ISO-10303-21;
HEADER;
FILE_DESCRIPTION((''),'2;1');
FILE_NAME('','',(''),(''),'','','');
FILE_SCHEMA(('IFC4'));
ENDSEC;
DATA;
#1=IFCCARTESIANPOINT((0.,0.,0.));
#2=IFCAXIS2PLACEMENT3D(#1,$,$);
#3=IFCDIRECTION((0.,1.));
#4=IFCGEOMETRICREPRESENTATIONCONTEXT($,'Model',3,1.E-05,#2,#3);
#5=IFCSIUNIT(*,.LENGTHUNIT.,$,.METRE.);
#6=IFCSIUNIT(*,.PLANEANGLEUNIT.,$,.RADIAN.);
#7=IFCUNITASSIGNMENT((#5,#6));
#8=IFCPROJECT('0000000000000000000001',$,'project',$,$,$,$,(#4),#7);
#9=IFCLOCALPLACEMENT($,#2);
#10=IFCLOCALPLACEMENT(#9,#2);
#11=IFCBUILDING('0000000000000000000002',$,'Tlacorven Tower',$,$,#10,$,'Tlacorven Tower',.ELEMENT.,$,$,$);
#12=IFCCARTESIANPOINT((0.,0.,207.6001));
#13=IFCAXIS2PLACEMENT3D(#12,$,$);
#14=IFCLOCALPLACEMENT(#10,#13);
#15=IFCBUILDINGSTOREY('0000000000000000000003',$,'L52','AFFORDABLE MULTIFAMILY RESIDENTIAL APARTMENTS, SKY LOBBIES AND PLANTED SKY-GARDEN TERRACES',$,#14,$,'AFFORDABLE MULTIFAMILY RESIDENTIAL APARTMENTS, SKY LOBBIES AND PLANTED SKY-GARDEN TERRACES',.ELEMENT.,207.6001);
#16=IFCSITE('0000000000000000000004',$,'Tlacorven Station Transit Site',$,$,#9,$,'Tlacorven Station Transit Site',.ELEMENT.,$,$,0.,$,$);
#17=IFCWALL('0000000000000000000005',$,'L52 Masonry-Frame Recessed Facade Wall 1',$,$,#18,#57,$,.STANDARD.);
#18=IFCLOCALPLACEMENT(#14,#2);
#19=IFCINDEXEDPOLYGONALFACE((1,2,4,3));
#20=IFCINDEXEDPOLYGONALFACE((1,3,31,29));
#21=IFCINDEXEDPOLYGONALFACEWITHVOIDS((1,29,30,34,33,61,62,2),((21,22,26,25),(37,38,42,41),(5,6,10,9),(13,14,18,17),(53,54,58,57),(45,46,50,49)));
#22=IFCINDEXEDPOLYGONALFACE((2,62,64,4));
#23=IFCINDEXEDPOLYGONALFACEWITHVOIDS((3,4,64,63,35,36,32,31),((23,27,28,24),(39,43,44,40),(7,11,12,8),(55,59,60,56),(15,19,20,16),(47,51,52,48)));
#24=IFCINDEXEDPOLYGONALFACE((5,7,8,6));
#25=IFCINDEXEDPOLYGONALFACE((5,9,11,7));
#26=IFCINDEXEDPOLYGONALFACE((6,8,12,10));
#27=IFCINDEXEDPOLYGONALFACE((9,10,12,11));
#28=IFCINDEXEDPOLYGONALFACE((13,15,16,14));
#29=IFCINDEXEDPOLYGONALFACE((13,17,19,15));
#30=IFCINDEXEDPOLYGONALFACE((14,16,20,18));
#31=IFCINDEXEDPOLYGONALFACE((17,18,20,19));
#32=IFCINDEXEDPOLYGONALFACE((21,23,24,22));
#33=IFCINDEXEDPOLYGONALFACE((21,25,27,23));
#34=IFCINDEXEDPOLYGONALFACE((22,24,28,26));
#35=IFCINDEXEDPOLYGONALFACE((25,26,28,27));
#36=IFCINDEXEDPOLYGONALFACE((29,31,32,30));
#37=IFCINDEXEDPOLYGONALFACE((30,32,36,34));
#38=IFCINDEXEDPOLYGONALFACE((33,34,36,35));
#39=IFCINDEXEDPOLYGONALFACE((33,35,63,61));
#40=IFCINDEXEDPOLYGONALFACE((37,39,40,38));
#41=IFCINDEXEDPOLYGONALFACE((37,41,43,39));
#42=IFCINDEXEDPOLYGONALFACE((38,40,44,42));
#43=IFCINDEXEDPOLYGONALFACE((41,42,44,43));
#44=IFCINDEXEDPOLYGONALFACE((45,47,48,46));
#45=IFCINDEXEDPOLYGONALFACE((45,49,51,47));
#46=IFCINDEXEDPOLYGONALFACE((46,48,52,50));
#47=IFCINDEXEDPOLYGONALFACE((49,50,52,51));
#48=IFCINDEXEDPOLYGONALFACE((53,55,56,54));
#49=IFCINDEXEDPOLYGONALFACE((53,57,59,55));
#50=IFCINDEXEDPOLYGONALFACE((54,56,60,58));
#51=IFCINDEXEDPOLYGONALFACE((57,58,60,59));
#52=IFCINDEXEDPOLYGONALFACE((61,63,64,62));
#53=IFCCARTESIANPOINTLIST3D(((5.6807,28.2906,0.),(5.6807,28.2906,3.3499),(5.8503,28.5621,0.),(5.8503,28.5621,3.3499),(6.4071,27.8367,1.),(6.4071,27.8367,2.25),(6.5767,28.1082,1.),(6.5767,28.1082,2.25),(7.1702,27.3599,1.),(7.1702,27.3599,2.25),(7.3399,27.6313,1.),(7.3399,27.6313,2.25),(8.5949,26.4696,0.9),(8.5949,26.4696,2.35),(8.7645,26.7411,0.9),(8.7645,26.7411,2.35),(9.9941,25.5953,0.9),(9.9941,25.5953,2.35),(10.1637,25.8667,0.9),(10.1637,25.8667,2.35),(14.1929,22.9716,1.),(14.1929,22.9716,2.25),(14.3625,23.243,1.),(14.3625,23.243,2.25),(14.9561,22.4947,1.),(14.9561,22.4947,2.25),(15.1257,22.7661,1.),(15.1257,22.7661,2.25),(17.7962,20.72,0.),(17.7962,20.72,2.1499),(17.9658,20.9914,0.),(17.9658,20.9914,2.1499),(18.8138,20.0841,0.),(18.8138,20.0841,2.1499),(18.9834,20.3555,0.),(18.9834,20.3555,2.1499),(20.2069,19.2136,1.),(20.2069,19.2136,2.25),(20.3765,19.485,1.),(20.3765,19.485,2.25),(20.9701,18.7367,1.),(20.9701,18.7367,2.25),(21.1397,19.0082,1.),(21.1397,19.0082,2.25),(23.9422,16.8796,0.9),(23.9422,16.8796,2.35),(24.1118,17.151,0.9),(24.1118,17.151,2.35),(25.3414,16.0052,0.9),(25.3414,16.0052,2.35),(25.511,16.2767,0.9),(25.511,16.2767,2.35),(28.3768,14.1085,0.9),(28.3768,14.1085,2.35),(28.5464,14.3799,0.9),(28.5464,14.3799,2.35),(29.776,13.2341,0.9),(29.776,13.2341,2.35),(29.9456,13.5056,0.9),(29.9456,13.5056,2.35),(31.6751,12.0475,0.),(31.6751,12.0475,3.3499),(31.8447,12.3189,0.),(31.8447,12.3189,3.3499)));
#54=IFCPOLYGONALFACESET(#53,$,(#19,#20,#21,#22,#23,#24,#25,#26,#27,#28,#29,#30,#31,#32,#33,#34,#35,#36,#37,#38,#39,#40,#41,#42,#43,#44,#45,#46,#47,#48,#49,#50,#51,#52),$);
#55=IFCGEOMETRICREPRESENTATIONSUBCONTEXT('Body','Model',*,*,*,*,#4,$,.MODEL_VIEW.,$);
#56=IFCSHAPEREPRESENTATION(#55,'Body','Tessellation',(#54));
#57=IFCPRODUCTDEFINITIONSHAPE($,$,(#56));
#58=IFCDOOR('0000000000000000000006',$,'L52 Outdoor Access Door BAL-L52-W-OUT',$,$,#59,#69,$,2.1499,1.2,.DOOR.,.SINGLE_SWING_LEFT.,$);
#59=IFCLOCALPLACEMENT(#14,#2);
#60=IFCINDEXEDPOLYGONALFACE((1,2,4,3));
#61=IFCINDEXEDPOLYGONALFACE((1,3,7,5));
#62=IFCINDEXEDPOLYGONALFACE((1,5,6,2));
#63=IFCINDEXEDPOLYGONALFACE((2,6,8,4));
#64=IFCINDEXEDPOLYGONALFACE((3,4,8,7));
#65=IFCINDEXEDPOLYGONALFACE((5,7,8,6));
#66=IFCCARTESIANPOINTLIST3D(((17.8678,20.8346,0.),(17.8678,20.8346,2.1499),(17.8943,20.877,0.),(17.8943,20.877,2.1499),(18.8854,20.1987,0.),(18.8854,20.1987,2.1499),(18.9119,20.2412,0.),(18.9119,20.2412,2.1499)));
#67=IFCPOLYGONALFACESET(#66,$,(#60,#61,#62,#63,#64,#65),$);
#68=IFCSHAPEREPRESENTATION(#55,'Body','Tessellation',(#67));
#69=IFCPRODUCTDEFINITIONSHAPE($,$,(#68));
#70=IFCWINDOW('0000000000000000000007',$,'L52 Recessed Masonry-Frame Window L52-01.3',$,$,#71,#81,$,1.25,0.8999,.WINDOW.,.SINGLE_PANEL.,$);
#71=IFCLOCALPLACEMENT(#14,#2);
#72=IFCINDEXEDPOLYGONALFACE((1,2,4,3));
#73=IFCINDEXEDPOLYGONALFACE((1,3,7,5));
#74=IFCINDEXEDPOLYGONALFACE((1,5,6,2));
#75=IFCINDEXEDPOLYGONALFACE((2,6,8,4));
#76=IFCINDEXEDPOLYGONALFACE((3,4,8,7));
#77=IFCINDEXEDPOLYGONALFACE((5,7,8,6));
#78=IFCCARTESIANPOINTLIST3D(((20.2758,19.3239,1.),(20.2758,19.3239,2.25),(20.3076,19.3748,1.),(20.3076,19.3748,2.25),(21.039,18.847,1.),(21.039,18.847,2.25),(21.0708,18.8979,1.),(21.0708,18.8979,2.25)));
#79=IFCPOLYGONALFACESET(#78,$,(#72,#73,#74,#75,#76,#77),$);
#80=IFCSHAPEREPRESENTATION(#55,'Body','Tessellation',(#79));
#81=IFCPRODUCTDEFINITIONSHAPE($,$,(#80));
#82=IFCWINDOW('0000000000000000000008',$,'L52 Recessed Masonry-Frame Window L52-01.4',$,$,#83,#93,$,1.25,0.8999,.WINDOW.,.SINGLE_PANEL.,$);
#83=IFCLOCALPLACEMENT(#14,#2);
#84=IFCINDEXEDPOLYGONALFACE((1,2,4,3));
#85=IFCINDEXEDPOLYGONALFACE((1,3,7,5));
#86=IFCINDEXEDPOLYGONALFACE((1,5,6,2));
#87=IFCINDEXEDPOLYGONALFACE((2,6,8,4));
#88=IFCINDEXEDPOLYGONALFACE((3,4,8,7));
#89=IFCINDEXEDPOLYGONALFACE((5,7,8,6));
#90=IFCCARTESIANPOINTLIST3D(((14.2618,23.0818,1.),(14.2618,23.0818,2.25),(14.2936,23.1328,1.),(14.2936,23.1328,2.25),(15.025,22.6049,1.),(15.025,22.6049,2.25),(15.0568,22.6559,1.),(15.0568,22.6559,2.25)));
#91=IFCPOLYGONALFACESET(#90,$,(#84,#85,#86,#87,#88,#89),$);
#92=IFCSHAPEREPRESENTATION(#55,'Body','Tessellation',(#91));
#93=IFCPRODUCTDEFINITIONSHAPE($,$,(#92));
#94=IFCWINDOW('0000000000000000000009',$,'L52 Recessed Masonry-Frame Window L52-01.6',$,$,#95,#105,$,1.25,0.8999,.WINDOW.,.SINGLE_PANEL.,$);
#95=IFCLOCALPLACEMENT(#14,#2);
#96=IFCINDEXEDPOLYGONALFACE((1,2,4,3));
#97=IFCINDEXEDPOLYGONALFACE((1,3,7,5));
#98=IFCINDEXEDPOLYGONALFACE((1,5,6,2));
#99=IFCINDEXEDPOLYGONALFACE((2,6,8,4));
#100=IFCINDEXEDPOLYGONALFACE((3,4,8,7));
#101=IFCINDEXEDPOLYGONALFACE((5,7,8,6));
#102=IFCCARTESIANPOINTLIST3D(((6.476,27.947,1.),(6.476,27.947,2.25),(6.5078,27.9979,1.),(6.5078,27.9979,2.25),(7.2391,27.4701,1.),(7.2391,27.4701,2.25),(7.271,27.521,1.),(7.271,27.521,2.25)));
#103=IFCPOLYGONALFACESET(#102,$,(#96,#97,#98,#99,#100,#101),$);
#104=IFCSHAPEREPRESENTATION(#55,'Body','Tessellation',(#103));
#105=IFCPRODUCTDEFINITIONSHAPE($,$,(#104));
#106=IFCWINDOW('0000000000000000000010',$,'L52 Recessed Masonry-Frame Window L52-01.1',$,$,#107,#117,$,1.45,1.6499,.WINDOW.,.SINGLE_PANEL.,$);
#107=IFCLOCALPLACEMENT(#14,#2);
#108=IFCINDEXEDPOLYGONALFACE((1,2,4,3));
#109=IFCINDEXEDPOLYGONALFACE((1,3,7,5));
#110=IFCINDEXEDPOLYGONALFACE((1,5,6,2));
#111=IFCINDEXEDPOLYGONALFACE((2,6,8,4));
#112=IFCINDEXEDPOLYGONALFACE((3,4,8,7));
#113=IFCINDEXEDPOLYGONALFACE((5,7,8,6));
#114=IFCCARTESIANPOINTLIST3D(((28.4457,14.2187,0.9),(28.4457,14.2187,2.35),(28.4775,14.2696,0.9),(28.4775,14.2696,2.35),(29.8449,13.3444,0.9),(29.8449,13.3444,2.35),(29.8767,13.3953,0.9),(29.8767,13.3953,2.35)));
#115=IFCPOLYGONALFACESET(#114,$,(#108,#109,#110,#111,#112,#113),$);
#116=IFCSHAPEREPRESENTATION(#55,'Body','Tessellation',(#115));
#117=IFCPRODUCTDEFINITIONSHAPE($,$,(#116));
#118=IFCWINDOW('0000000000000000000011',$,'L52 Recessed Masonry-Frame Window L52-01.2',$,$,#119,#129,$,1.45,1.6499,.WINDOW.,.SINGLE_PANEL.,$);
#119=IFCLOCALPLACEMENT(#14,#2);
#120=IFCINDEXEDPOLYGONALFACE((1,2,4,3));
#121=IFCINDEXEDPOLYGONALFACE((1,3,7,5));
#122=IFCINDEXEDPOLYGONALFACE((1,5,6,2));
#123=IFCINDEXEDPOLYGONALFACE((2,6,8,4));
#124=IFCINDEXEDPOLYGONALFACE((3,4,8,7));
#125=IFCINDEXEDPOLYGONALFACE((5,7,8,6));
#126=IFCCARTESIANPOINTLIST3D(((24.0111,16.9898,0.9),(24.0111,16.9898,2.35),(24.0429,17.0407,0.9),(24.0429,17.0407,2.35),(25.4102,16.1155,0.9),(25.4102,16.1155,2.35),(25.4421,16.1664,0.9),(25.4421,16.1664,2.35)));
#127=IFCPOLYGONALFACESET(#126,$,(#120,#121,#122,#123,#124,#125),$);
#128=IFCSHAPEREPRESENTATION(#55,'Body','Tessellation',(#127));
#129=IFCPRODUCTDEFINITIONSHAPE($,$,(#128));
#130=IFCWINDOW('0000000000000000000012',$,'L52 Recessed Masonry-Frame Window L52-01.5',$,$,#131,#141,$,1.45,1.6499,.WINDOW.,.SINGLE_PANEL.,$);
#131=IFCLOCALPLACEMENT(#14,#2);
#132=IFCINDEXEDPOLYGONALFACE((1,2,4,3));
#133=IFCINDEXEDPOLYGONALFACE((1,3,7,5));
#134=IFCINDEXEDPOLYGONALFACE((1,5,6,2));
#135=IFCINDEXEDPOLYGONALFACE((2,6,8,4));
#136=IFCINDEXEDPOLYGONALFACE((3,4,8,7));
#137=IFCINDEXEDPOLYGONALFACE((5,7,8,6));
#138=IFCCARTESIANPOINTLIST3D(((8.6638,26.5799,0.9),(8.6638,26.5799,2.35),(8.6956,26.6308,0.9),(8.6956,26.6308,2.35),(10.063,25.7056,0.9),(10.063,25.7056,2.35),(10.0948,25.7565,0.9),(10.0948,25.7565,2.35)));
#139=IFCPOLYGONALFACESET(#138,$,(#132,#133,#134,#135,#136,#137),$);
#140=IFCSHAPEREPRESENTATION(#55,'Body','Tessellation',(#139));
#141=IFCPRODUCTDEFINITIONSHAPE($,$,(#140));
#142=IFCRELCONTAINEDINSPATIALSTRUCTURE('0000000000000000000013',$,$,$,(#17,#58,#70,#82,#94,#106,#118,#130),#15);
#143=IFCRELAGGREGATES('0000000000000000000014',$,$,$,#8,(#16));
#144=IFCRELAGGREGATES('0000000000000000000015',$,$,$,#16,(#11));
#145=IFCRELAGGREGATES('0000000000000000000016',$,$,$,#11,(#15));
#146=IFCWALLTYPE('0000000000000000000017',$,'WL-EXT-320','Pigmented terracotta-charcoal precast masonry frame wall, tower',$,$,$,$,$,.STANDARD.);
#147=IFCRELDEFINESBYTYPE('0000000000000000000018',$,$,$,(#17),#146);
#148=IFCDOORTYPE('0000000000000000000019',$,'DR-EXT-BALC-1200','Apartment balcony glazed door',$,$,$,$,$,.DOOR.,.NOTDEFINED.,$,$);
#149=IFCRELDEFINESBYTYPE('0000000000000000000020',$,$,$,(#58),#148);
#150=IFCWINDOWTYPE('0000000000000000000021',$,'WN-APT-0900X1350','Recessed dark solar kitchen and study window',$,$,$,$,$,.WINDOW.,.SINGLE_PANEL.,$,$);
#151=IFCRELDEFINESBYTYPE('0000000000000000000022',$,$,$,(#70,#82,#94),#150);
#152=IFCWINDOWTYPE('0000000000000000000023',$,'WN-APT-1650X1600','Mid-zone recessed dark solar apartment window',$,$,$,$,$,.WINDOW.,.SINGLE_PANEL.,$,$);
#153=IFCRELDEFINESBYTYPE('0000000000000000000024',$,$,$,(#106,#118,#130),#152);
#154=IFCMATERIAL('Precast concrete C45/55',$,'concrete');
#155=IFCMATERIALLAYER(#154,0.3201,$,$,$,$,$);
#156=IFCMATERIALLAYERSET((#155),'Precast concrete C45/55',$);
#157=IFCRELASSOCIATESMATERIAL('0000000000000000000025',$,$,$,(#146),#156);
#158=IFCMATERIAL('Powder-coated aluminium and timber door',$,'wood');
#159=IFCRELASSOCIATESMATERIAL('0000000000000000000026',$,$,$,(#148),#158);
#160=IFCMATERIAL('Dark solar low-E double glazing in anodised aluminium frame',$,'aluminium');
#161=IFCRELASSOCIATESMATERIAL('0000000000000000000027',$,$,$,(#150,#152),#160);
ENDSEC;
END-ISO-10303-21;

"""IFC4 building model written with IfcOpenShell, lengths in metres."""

from ifc_helpers import new_model, si_unit, direction, frame, frame_2d, origin, place, context, subcontext, project, spatial, rectangle, extrude, source, transform, mapped, material, layer, layer_set, type_object, element, fill, save


model = new_model("IFC4")

# Units and contexts
model_context = context("Model", 3, precision=1e-05, world=origin(), true_north=direction((0.0, 1.0)))
body_context = subcontext(model_context, "Body", "Model", "MODEL_VIEW")
ifc_project = project(units=[si_unit("LENGTHUNIT", "METRE"), si_unit("PLANEANGLEUNIT", "RADIAN")], contexts=[model_context])

# Site, building, storey
site_placement = place(None, origin())
site = spatial("IfcSite", under=ifc_project, at=site_placement, Name="Tlacorven Station Transit Site", LongName="Tlacorven Station Transit Site", CompositionType="ELEMENT", RefElevation=0.0)
building_placement = place(site_placement, origin())
building = spatial("IfcBuilding", under=site, at=building_placement, Name="Tlacorven Tower", LongName="Tlacorven Tower", CompositionType="ELEMENT")
storey_placement = place(building_placement, frame((0.0, 0.0, 207.6001)))
storey = spatial("IfcBuildingStorey", under=building, at=storey_placement, Name="L52", Description="AFFORDABLE MULTIFAMILY RESIDENTIAL APARTMENTS, SKY LOBBIES AND PLANTED SKY-GARDEN TERRACES", LongName="AFFORDABLE MULTIFAMILY RESIDENTIAL APARTMENTS, SKY LOBBIES AND PLANTED SKY-GARDEN TERRACES", CompositionType="ELEMENT", Elevation=207.6001)

# Wall, openings, door, windows
ifc_material_1 = material(Name="Precast concrete C45/55", Category="concrete")
ifc_layer_1 = layer(ifc_material_1, 0.3201)
ifc_layer_set_1 = layer_set([ifc_layer_1], Name="Precast concrete C45/55")
wall_type_1 = type_object("IfcWallType", Name="WL-EXT-320", Description="Pigmented terracotta-charcoal precast masonry frame wall, tower", PredefinedType="STANDARD", material=ifc_layer_set_1)
wall_1_placement = place(storey_placement, frame((31.76, 12.1831, 0.0), z_axis=(0.0, 0.0, 1.0), x_axis=(-0.848047, 0.529921, 0.0)))
wall_1 = element("IfcWall", 1, at=wall_1_placement, inside=storey, type_object=wall_type_1, Name="L52 Masonry-Frame Recessed Facade Wall 1", PredefinedType="STANDARD", context=body_context, shape_type="SweptSolid", body=[
    extrude(rectangle(XDim=30.6521, YDim=0.3201, at=frame_2d((15.3262, 0.0))), origin(), (0.0, 0.0, 1.0), 3.3499),
])
opening_1_placement = place(wall_1_placement, frame((15.1658, 0.0, 0.0)))
opening_1 = element("IfcOpeningElement", 2, at=opening_1_placement, cuts=wall_1, PredefinedType="OPENING", context=body_context, shape_type="SweptSolid", body=[
    extrude(rectangle(XDim=1.2, YDim=2.1499, at=frame_2d((0.6001, 1.075))), frame((0.0, 0.1699, 0.0), z_axis=(0.0, -1.0, 0.0), x_axis=(1.0, 0.0, 0.0)), (0.0, 0.0, 1.0), 0.3401),
])
opening_2_placement = place(wall_1_placement, frame((2.2395, 0.0, 0.8999)))
opening_2 = element("IfcOpeningElement", 3, at=opening_2_placement, cuts=wall_1, PredefinedType="OPENING", context=body_context, shape_type="SweptSolid", body=[
    extrude(rectangle(XDim=1.6499, YDim=1.45, at=frame_2d((0.825, 0.7251))), frame((0.0, 0.1699, 0.0), z_axis=(0.0, -1.0, 0.0), x_axis=(1.0, 0.0, 0.0)), (0.0, 0.0, 1.0), 0.3401),
])
opening_3_placement = place(wall_1_placement, frame((7.4688, 0.0, 0.8999)))
opening_3 = element("IfcOpeningElement", 4, at=opening_3_placement, cuts=wall_1, PredefinedType="OPENING", context=body_context, shape_type="SweptSolid", body=[
    extrude(rectangle(XDim=1.6499, YDim=1.45, at=frame_2d((0.825, 0.7251))), frame((0.0, 0.1699, 0.0), z_axis=(0.0, -1.0, 0.0), x_axis=(1.0, 0.0, 0.0)), (0.0, 0.0, 1.0), 0.3401),
])
opening_4_placement = place(wall_1_placement, frame((12.6233, 0.0, 1.0)))
opening_4 = element("IfcOpeningElement", 5, at=opening_4_placement, cuts=wall_1, PredefinedType="OPENING", context=body_context, shape_type="SweptSolid", body=[
    extrude(rectangle(XDim=0.8999, YDim=1.25, at=frame_2d((0.45, 0.625))), frame((0.0, 0.1699, 0.0), z_axis=(0.0, -1.0, 0.0), x_axis=(1.0, 0.0, 0.0)), (0.0, 0.0, 1.0), 0.3401),
])
opening_5_placement = place(wall_1_placement, frame((19.7148, 0.0, 1.0)))
opening_5 = element("IfcOpeningElement", 6, at=opening_5_placement, cuts=wall_1, PredefinedType="OPENING", context=body_context, shape_type="SweptSolid", body=[
    extrude(rectangle(XDim=0.8999, YDim=1.25, at=frame_2d((0.45, 0.625))), frame((0.0, 0.1699, 0.0), z_axis=(0.0, -1.0, 0.0), x_axis=(1.0, 0.0, 0.0)), (0.0, 0.0, 1.0), 0.3401),
])
opening_6_placement = place(wall_1_placement, frame((25.5659, 0.0, 0.8999)))
opening_6 = element("IfcOpeningElement", 7, at=opening_6_placement, cuts=wall_1, PredefinedType="OPENING", context=body_context, shape_type="SweptSolid", body=[
    extrude(rectangle(XDim=1.6499, YDim=1.45, at=frame_2d((0.825, 0.7251))), frame((0.0, 0.1699, 0.0), z_axis=(0.0, -1.0, 0.0), x_axis=(1.0, 0.0, 0.0)), (0.0, 0.0, 1.0), 0.3401),
])
opening_7_placement = place(wall_1_placement, frame((28.8958, 0.0, 1.0)))
opening_7 = element("IfcOpeningElement", 8, at=opening_7_placement, cuts=wall_1, PredefinedType="OPENING", context=body_context, shape_type="SweptSolid", body=[
    extrude(rectangle(XDim=0.8999, YDim=1.25, at=frame_2d((0.45, 0.625))), frame((0.0, 0.1699, 0.0), z_axis=(0.0, -1.0, 0.0), x_axis=(1.0, 0.0, 0.0)), (0.0, 0.0, 1.0), 0.3401),
])
ifc_material_2 = material(Name="Powder-coated aluminium and timber door", Category="wood")
door_type_1 = type_object("IfcDoorType", Name="DR-EXT-BALC-1200", Description="Apartment balcony glazed door", OperationType="NOTDEFINED", PredefinedType="DOOR", material=ifc_material_2)
shared_shape_1 = source(origin(), body_context, "Body", "SweptSolid", [
    extrude(rectangle(XDim=1.2, YDim=2.1499, at=frame_2d((0.6001, 1.075))), frame((0.0, 0.0249, 0.0), z_axis=(0.0, -1.0, 0.0), x_axis=(1.0, 0.0, 0.0)), (0.0, 0.0, 1.0), 0.05),
])
door_1_placement = place(opening_1_placement, origin())
door_1 = element("IfcDoor", 9, at=door_1_placement, inside=storey, type_object=door_type_1, Name="L52 Outdoor Access Door BAL-L52-W-OUT", OperationType="SINGLE_SWING_LEFT", OverallHeight=2.1499, OverallWidth=1.2, PredefinedType="DOOR", context=body_context, shape_type="MappedRepresentation", body=[
    mapped(shared_shape_1, transform((0.0, 0.0, 0.0), scale=1.0)),
])
fill(opening_1, door_1)
ifc_material_3 = material(Name="Dark solar low-E double glazing in anodised aluminium frame", Category="aluminium")
window_type_1 = type_object("IfcWindowType", Name="WN-APT-0900X1350", Description="Recessed dark solar kitchen and study window", PartitioningType="SINGLE_PANEL", PredefinedType="WINDOW", material=ifc_material_3)
shared_shape_2 = source(origin(), body_context, "Body", "SweptSolid", [
    extrude(rectangle(XDim=0.8999, YDim=1.25, at=frame_2d((0.45, 0.625))), frame((0.0, 0.03, 0.0), z_axis=(0.0, -1.0, 0.0), x_axis=(1.0, 0.0, 0.0)), (0.0, 0.0, 1.0), 0.0601),
])
window_1_placement = place(opening_4_placement, origin())
window_1 = element("IfcWindow", 10, at=window_1_placement, inside=storey, type_object=window_type_1, Name="L52 Recessed Masonry-Frame Window L52-01.3", OverallHeight=1.25, OverallWidth=0.8999, PartitioningType="SINGLE_PANEL", PredefinedType="WINDOW", context=body_context, shape_type="MappedRepresentation", body=[
    mapped(shared_shape_2, transform((0.0, 0.0, 0.0), scale=1.0)),
])
fill(opening_4, window_1)
window_2_placement = place(opening_5_placement, origin())
window_2 = element("IfcWindow", 11, at=window_2_placement, inside=storey, type_object=window_type_1, Name="L52 Recessed Masonry-Frame Window L52-01.4", OverallHeight=1.25, OverallWidth=0.8999, PartitioningType="SINGLE_PANEL", PredefinedType="WINDOW", context=body_context, shape_type="MappedRepresentation", body=[
    mapped(shared_shape_2, transform((0.0, 0.0, 0.0), scale=1.0)),
])
fill(opening_5, window_2)
window_3_placement = place(opening_7_placement, origin())
window_3 = element("IfcWindow", 12, at=window_3_placement, inside=storey, type_object=window_type_1, Name="L52 Recessed Masonry-Frame Window L52-01.6", OverallHeight=1.25, OverallWidth=0.8999, PartitioningType="SINGLE_PANEL", PredefinedType="WINDOW", context=body_context, shape_type="MappedRepresentation", body=[
    mapped(shared_shape_2, transform((0.0, 0.0, 0.0), scale=1.0)),
])
fill(opening_7, window_3)
window_type_2 = type_object("IfcWindowType", Name="WN-APT-1650X1600", Description="Mid-zone recessed dark solar apartment window", PartitioningType="SINGLE_PANEL", PredefinedType="WINDOW", material=ifc_material_3)
shared_shape_3 = source(origin(), body_context, "Body", "SweptSolid", [
    extrude(rectangle(XDim=1.6499, YDim=1.45, at=frame_2d((0.825, 0.7251))), frame((0.0, 0.03, 0.0), z_axis=(0.0, -1.0, 0.0), x_axis=(1.0, 0.0, 0.0)), (0.0, 0.0, 1.0), 0.0601),
])
window_4_placement = place(opening_2_placement, origin())
window_4 = element("IfcWindow", 13, at=window_4_placement, inside=storey, type_object=window_type_2, Name="L52 Recessed Masonry-Frame Window L52-01.1", OverallHeight=1.45, OverallWidth=1.6499, PartitioningType="SINGLE_PANEL", PredefinedType="WINDOW", context=body_context, shape_type="MappedRepresentation", body=[
    mapped(shared_shape_3, transform((0.0, 0.0, 0.0), scale=1.0)),
])
fill(opening_2, window_4)
window_5_placement = place(opening_3_placement, origin())
window_5 = element("IfcWindow", 14, at=window_5_placement, inside=storey, type_object=window_type_2, Name="L52 Recessed Masonry-Frame Window L52-01.2", OverallHeight=1.45, OverallWidth=1.6499, PartitioningType="SINGLE_PANEL", PredefinedType="WINDOW", context=body_context, shape_type="MappedRepresentation", body=[
    mapped(shared_shape_3, transform((0.0, 0.0, 0.0), scale=1.0)),
])
fill(opening_3, window_5)
window_6_placement = place(opening_6_placement, origin())
window_6 = element("IfcWindow", 15, at=window_6_placement, inside=storey, type_object=window_type_2, Name="L52 Recessed Masonry-Frame Window L52-01.5", OverallHeight=1.45, OverallWidth=1.6499, PartitioningType="SINGLE_PANEL", PredefinedType="WINDOW", context=body_context, shape_type="MappedRepresentation", body=[
    mapped(shared_shape_3, transform((0.0, 0.0, 0.0), scale=1.0)),
])
fill(opening_6, window_6)

save(model, "model.ifc")
